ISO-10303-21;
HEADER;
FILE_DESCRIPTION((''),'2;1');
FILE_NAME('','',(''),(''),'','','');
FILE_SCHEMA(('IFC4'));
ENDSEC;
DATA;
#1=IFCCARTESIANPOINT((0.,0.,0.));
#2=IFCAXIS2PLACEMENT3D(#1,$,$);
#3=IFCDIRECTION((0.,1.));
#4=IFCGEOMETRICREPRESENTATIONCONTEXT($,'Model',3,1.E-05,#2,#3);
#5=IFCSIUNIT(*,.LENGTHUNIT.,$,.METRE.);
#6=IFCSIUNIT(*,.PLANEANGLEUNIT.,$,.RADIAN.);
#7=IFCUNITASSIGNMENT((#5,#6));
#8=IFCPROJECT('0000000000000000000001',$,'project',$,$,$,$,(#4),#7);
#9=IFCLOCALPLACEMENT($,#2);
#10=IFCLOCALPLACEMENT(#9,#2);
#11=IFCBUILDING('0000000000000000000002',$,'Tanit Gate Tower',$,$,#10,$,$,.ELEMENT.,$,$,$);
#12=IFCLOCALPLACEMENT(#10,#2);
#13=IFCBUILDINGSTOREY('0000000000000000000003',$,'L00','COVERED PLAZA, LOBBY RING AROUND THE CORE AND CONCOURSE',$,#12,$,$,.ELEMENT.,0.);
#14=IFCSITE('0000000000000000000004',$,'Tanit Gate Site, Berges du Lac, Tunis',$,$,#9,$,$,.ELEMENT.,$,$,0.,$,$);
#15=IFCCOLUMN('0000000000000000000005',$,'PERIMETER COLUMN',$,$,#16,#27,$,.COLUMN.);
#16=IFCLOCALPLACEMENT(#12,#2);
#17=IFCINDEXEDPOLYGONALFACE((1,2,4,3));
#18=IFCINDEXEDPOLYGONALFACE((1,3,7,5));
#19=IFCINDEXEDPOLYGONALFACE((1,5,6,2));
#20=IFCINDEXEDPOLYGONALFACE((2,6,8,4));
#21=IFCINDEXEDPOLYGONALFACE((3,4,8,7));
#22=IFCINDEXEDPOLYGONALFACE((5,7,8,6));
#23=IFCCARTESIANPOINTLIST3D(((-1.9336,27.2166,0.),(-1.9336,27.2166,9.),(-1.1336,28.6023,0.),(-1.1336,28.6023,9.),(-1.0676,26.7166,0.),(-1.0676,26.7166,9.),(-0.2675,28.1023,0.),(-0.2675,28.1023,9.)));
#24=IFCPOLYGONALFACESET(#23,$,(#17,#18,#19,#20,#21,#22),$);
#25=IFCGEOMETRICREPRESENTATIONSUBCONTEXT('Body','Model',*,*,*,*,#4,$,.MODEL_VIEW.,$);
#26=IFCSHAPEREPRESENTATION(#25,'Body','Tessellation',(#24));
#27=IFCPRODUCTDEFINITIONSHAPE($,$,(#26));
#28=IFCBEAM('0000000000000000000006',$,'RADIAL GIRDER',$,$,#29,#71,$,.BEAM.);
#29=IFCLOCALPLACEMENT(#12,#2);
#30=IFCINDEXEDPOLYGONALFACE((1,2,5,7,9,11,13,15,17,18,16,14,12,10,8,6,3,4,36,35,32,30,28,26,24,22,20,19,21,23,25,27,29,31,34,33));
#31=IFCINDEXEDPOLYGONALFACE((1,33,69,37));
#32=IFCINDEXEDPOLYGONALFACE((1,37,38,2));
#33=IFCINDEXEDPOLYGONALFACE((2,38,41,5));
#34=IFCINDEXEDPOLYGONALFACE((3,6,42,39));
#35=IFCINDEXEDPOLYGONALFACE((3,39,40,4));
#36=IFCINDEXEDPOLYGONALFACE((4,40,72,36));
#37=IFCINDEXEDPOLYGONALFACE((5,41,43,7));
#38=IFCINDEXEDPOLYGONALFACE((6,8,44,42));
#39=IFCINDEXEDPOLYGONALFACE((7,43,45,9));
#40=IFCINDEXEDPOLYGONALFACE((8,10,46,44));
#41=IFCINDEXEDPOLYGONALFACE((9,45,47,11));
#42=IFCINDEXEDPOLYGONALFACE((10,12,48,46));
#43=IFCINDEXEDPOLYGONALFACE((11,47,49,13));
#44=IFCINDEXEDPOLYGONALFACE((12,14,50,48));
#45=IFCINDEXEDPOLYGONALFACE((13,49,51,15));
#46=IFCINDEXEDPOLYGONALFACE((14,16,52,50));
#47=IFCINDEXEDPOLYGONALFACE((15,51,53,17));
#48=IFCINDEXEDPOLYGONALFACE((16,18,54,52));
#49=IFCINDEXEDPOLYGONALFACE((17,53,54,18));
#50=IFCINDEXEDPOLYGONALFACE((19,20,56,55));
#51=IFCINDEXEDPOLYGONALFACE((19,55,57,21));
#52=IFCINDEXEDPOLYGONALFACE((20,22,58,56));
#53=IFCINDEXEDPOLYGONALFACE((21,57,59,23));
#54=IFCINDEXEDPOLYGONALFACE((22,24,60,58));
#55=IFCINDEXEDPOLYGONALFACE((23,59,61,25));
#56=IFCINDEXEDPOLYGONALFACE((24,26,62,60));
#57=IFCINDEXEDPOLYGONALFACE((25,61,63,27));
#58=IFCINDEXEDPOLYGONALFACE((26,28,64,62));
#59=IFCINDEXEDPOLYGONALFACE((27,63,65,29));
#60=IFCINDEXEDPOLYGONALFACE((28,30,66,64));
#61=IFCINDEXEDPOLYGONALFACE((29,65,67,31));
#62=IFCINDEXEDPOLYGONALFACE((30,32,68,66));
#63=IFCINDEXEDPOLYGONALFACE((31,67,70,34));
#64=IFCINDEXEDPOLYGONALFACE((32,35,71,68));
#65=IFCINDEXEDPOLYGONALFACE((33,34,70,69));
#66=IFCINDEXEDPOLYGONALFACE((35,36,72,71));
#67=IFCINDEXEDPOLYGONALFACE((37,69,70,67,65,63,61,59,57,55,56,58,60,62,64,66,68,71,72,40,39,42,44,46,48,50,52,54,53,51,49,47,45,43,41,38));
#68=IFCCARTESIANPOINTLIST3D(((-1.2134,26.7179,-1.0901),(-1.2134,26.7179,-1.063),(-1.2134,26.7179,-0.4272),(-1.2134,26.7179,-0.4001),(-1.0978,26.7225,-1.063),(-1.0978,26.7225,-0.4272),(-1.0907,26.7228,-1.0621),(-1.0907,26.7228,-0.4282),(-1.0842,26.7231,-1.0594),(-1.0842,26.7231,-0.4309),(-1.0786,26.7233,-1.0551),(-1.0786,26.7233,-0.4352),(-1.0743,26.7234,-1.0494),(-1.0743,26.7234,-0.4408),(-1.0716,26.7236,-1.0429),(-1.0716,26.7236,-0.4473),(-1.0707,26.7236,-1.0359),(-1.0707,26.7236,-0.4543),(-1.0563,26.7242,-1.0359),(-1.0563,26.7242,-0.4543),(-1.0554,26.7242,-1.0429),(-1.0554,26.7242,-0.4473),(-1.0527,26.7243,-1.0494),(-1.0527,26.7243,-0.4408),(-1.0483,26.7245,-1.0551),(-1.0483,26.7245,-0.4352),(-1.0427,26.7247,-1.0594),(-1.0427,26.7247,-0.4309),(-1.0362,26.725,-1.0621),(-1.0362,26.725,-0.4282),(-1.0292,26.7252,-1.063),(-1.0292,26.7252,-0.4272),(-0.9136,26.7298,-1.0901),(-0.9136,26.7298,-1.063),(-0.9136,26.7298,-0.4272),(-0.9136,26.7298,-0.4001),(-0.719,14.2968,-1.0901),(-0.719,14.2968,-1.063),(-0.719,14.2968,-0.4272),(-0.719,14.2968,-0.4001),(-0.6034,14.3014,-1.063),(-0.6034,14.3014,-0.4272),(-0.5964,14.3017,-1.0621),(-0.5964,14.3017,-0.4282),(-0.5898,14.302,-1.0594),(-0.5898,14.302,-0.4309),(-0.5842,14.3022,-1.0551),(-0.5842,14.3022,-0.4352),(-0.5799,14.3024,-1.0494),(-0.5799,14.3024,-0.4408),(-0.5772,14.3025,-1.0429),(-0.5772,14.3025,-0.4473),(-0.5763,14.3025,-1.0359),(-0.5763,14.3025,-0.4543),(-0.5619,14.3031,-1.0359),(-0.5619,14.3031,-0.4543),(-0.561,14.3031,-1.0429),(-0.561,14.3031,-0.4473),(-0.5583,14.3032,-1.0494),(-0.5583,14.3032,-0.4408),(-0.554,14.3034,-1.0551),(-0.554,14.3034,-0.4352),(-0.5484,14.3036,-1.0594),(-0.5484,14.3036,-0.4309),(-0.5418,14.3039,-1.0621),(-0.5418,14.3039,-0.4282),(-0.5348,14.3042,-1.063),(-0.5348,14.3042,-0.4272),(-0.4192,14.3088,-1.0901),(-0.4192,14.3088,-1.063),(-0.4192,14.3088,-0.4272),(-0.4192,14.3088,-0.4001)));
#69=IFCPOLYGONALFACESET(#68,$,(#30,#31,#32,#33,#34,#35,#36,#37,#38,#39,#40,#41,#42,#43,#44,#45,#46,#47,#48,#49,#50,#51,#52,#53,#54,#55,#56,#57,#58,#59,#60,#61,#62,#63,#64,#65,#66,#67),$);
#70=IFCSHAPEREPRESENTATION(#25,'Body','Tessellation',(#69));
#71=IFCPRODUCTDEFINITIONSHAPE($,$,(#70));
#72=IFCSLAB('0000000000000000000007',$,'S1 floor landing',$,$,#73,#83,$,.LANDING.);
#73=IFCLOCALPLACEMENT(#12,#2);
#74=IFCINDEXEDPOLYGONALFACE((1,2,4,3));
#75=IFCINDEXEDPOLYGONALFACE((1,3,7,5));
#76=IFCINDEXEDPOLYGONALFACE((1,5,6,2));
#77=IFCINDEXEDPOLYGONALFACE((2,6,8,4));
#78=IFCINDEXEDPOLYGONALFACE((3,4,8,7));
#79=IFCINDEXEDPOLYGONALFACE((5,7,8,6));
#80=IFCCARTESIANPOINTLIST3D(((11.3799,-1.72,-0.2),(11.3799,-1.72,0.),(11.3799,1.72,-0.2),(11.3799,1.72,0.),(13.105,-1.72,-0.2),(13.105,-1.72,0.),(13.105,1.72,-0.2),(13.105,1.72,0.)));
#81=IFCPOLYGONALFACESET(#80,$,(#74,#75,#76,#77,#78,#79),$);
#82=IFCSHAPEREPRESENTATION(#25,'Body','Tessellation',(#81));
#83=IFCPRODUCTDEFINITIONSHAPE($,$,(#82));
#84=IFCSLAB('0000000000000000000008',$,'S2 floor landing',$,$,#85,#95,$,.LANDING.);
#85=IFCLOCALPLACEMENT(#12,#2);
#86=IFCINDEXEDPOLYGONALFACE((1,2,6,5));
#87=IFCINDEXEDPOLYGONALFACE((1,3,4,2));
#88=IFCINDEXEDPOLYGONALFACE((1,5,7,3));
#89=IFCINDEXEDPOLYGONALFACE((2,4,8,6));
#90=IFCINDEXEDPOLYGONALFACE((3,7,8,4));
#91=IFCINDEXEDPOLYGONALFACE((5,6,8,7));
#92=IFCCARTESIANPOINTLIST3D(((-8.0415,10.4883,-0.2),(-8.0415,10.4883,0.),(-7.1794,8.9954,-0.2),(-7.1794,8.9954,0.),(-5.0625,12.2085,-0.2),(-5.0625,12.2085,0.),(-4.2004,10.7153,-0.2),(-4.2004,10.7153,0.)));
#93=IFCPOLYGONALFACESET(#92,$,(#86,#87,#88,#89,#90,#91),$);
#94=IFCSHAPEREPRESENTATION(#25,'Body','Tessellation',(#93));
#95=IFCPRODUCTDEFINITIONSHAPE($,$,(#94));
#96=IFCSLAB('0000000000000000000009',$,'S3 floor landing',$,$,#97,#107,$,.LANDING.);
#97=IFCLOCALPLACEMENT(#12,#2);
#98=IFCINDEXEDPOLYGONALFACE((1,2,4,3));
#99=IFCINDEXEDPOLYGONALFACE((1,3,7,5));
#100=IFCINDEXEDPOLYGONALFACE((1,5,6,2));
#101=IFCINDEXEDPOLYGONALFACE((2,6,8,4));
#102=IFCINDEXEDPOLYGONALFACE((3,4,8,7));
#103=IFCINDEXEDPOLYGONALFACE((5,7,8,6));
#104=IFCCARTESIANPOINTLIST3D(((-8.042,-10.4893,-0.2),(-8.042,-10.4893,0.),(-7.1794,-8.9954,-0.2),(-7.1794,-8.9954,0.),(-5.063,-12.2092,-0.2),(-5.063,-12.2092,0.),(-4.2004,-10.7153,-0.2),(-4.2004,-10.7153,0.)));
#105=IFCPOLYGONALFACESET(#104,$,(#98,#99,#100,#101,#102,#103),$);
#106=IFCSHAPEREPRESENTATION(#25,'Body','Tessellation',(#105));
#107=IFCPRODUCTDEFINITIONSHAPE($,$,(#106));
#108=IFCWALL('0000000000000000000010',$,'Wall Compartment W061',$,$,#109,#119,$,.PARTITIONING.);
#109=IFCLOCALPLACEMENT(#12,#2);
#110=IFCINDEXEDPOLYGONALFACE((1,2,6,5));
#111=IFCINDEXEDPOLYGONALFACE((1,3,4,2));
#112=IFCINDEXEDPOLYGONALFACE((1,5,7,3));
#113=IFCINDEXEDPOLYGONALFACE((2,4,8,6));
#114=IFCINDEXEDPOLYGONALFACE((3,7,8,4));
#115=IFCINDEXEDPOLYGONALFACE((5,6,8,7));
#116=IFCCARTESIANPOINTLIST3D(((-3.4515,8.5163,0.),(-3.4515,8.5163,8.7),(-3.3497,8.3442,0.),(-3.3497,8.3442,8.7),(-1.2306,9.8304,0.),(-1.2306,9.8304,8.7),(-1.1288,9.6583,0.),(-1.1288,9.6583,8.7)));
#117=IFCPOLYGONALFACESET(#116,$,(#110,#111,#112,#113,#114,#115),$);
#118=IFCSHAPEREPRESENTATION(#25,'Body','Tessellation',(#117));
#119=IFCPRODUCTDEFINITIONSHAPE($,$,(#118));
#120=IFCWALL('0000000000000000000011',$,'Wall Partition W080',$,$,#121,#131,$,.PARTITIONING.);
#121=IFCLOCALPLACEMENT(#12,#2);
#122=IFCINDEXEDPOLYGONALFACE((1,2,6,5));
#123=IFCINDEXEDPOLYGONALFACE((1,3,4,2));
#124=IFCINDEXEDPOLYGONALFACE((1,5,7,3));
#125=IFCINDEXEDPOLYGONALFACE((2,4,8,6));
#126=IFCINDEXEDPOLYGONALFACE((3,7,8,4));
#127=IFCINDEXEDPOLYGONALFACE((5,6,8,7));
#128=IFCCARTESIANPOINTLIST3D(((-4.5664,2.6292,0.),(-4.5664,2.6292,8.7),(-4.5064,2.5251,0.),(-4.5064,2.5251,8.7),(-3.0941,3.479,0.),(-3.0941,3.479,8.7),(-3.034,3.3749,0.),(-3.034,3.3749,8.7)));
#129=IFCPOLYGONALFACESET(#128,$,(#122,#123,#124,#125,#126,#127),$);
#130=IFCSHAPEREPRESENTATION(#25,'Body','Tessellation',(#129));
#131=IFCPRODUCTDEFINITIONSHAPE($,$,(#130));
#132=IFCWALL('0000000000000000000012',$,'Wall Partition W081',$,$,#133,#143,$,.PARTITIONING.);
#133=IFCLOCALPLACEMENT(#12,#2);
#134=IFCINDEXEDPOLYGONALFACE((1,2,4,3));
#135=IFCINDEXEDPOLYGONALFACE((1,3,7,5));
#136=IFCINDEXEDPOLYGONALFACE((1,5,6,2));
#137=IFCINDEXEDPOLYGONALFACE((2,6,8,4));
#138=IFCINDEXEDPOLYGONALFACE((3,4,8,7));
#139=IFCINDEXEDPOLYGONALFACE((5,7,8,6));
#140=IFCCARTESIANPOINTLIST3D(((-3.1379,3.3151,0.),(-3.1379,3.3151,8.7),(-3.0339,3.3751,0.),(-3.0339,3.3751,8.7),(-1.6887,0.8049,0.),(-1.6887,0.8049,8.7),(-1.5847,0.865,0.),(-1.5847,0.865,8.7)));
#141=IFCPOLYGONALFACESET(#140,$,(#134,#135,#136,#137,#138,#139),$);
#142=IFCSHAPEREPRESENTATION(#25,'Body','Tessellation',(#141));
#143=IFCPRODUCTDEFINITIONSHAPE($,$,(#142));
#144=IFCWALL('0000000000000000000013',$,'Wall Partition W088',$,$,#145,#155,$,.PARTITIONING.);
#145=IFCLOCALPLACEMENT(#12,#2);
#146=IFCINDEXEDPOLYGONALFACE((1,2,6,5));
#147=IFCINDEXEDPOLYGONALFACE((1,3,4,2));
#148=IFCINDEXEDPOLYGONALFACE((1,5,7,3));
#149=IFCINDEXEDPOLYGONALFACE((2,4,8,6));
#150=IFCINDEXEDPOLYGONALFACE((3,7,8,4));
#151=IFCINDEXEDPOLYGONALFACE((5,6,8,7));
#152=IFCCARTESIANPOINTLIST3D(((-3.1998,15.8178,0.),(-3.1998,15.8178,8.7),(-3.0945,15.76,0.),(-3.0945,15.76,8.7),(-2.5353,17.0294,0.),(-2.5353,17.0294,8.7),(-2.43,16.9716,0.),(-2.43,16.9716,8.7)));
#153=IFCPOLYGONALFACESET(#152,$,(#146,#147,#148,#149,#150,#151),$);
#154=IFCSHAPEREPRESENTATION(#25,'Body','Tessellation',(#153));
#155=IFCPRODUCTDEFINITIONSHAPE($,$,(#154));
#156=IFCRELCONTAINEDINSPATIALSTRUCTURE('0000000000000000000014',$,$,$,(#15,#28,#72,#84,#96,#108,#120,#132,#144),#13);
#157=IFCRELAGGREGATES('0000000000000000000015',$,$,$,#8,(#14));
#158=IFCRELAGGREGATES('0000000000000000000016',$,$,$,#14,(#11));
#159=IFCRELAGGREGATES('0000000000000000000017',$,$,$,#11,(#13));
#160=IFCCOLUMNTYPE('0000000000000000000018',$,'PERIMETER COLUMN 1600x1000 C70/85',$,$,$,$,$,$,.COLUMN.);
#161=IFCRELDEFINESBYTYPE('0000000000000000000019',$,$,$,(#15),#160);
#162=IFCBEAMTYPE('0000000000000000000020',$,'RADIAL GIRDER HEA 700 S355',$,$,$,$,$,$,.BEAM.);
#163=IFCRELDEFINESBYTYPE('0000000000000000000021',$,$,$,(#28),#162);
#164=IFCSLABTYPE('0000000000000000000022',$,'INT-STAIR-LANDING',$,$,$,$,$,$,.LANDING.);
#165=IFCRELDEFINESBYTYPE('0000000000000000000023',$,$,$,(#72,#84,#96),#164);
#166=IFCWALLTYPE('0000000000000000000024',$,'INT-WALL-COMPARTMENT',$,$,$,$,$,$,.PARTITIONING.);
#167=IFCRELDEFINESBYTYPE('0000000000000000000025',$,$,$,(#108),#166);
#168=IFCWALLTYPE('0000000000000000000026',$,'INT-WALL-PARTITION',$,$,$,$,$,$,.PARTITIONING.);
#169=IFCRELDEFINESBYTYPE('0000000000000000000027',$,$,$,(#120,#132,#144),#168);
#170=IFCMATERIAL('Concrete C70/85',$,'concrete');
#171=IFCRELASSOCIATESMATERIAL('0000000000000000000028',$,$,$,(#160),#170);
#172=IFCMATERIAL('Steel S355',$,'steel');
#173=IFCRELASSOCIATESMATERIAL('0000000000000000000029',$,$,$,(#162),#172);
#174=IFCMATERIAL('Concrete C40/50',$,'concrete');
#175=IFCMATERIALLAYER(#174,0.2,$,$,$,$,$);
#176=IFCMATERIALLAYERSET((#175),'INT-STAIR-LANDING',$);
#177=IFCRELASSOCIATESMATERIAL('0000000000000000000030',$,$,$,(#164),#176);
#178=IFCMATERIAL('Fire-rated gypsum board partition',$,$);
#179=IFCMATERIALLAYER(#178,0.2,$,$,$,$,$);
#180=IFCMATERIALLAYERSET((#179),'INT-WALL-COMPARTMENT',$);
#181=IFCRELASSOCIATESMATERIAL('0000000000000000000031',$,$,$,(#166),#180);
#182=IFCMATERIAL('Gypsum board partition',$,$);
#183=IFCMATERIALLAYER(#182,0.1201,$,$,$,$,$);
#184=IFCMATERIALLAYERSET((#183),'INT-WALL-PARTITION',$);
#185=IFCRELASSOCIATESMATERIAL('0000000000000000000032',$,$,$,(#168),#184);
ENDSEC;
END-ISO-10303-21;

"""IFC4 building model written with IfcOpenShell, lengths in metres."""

from ifc_helpers import new_model, si_unit, direction, frame, frame_2d, origin, origin_2d, place, context, subcontext, project, spatial, polyline, rectangle, i_section, outline, extrude, material, layer, layer_set, material_profile, profile_set, type_object, element, save


model = new_model("IFC4")

# Units and contexts
model_context = context("Model", 3, precision=1e-05, world=origin(), true_north=direction((0.0, 1.0)))
body_context = subcontext(model_context, "Body", "Model", "MODEL_VIEW")
ifc_project = project(units=[si_unit("LENGTHUNIT", "METRE"), si_unit("PLANEANGLEUNIT", "RADIAN")], contexts=[model_context])

# Site, building, storey
site_placement = place(None, origin())
site = spatial("IfcSite", under=ifc_project, at=site_placement, Name="Tanit Gate Site, Berges du Lac, Tunis", CompositionType="ELEMENT", RefElevation=0.0)
building_placement = place(site_placement, origin())
building = spatial("IfcBuilding", under=site, at=building_placement, Name="Tanit Gate Tower", CompositionType="ELEMENT")
storey_placement = place(building_placement, origin())
storey = spatial("IfcBuildingStorey", under=building, at=storey_placement, Name="L00", Description="COVERED PLAZA, LOBBY RING AROUND THE CORE AND CONCOURSE", CompositionType="ELEMENT", Elevation=0.0)

# Column
ifc_material_1 = material(Name="Concrete C70/85", Category="concrete")
ifc_material_profile_1 = material_profile(ifc_material_1, rectangle(XDim=1.6001, YDim=1.0, at=origin_2d()), Name="RC 1600x1000")
ifc_profile_set_1 = profile_set([ifc_material_profile_1], Name="Concrete C70/85")
column_type = type_object("IfcColumnType", Name="PERIMETER COLUMN 1600x1000 C70/85", PredefinedType="COLUMN", material=ifc_profile_set_1)
column_placement = place(storey_placement, frame((-1.1006, 27.6594, 0.0), z_axis=(0.0, 0.0, 1.0), x_axis=(0.5, 0.866025, 0.0)))
element("IfcColumn", 1, at=column_placement, inside=storey, type_object=column_type, Name="PERIMETER COLUMN", PredefinedType="COLUMN", context=body_context, shape_type="SweptSolid", body=[
    extrude(rectangle(XDim=1.6001, YDim=1.0, at=origin_2d()), origin(), (0.0, 0.0, 1.0), 9.0),
])

# Beam
ifc_material_2 = material(Name="Steel S355", Category="steel")
ifc_material_profile_2 = material_profile(ifc_material_2, i_section(OverallWidth=0.3, OverallDepth=0.6899, WebThickness=0.0144, FlangeThickness=0.0271, FilletRadius=0.0271, at=origin_2d()), Name="HEA 700")
ifc_profile_set_2 = profile_set([ifc_material_profile_2], Name="Steel S355")
beam_type = type_object("IfcBeamType", Name="RADIAL GIRDER HEA 700 S355", PredefinedType="BEAM", material=ifc_profile_set_2)
beam_placement = place(storey_placement, frame((-1.0635, 26.7239, -0.7451), z_axis=(0.03977, -0.999209, 0.0), x_axis=(0.999209, 0.03977, 0.0)))
element("IfcBeam", 2, at=beam_placement, inside=storey, type_object=beam_type, Name="RADIAL GIRDER", PredefinedType="BEAM", context=body_context, shape_type="SweptSolid", body=[
    extrude(i_section(OverallWidth=0.3, OverallDepth=0.6899, WebThickness=0.0144, FlangeThickness=0.0271, FilletRadius=0.0271, at=origin_2d()), origin(), (0.0, 0.0, 1.0), 12.4309),
])

# Slabs
ifc_material_3 = material(Name="Concrete C40/50", Category="concrete")
ifc_layer_1 = layer(ifc_material_3, 0.2)
ifc_layer_set_1 = layer_set([ifc_layer_1], Name="INT-STAIR-LANDING")
slab_type = type_object("IfcSlabType", Name="INT-STAIR-LANDING", PredefinedType="LANDING", material=ifc_layer_set_1)
slab_1_placement = place(storey_placement, frame((0.0, 0.0, -0.2)))
element("IfcSlab", 3, at=slab_1_placement, inside=storey, type_object=slab_type, Name="S1 floor landing", PredefinedType="LANDING", context=body_context, shape_type="SweptSolid", body=[
    extrude(outline(polyline([(11.3799, -1.72), (13.105, -1.72), (13.105, 1.72), (11.3799, 1.72), (11.3799, -1.72)])), origin(), (0.0, 0.0, 1.0), 0.2),
])
slab_2_placement = place(storey_placement, frame((0.0, 0.0, -0.2)))
element("IfcSlab", 4, at=slab_2_placement, inside=storey, type_object=slab_type, Name="S2 floor landing", PredefinedType="LANDING", context=body_context, shape_type="SweptSolid", body=[
    extrude(outline(polyline([(-4.2004, 10.7153), (-5.0625, 12.2085), (-8.0415, 10.4883), (-7.1794, 8.9954), (-4.2004, 10.7153)])), origin(), (0.0, 0.0, 1.0), 0.2),
])
slab_3_placement = place(storey_placement, frame((0.0, 0.0, -0.2)))
element("IfcSlab", 5, at=slab_3_placement, inside=storey, type_object=slab_type, Name="S3 floor landing", PredefinedType="LANDING", context=body_context, shape_type="SweptSolid", body=[
    extrude(outline(polyline([(-7.1794, -8.9954), (-8.042, -10.4893), (-5.063, -12.2092), (-4.2004, -10.7153), (-7.1794, -8.9954)])), origin(), (0.0, 0.0, 1.0), 0.2),
])

# Walls
ifc_material_4 = material(Name="Fire-rated gypsum board partition")
ifc_layer_2 = layer(ifc_material_4, 0.2)
ifc_layer_set_2 = layer_set([ifc_layer_2], Name="INT-WALL-COMPARTMENT")
wall_type_1 = type_object("IfcWallType", Name="INT-WALL-COMPARTMENT", PredefinedType="PARTITIONING", material=ifc_layer_set_2)
wall_1_placement = place(storey_placement, frame((-1.1797, 9.7444, 0.0), z_axis=(0.0, 0.0, 1.0), x_axis=(-0.860616, -0.509255, 0.0)))
element("IfcWall", 6, at=wall_1_placement, inside=storey, type_object=wall_type_1, Name="Wall Compartment W061", PredefinedType="PARTITIONING", context=body_context, shape_type="SweptSolid", body=[
    extrude(rectangle(XDim=2.5806, YDim=0.2, at=frame_2d((1.2903, 0.0))), origin(), (0.0, 0.0, 1.0), 8.7),
])
ifc_material_5 = material(Name="Gypsum board partition")
ifc_layer_3 = layer(ifc_material_5, 0.1201)
ifc_layer_set_3 = layer_set([ifc_layer_3], Name="INT-WALL-PARTITION")
wall_type_2 = type_object("IfcWallType", Name="INT-WALL-PARTITION", PredefinedType="PARTITIONING", material=ifc_layer_set_3)
wall_2_placement = place(storey_placement, frame((-3.064, 3.427, 0.0), z_axis=(0.0, 0.0, 1.0), x_axis=(-0.866088, -0.499892, 0.0)))
element("IfcWall", 7, at=wall_2_placement, inside=storey, type_object=wall_type_2, Name="Wall Partition W080", PredefinedType="PARTITIONING", context=body_context, shape_type="SweptSolid", body=[
    extrude(rectangle(XDim=1.7, YDim=0.1201, at=frame_2d((0.8501, 0.0))), origin(), (0.0, 0.0, 1.0), 8.7),
])
wall_3_placement = place(storey_placement, frame((-1.6367, 0.835, 0.0), z_axis=(0.0, 0.0, 1.0), x_axis=(-0.49998, 0.866037, 0.0)))
element("IfcWall", 8, at=wall_3_placement, inside=storey, type_object=wall_type_2, Name="Wall Partition W081", PredefinedType="PARTITIONING", context=body_context, shape_type="SweptSolid", body=[
    extrude(rectangle(XDim=2.8984, YDim=0.1201, at=frame_2d((1.4492, 0.0))), origin(), (0.0, 0.0, 1.0), 8.7),
])
wall_4_placement = place(storey_placement, frame((-2.4827, 17.0005, 0.0), z_axis=(0.0, 0.0, 1.0), x_axis=(-0.480881, -0.876786, 0.0)))
element("IfcWall", 9, at=wall_4_placement, inside=storey, type_object=wall_type_2, Name="Wall Partition W088", PredefinedType="PARTITIONING", context=body_context, shape_type="SweptSolid", body=[
    extrude(rectangle(XDim=1.3818, YDim=0.1201, at=frame_2d((0.6909, 0.0))), origin(), (0.0, 0.0, 1.0), 8.7),
])

save(model, "model.ifc")
